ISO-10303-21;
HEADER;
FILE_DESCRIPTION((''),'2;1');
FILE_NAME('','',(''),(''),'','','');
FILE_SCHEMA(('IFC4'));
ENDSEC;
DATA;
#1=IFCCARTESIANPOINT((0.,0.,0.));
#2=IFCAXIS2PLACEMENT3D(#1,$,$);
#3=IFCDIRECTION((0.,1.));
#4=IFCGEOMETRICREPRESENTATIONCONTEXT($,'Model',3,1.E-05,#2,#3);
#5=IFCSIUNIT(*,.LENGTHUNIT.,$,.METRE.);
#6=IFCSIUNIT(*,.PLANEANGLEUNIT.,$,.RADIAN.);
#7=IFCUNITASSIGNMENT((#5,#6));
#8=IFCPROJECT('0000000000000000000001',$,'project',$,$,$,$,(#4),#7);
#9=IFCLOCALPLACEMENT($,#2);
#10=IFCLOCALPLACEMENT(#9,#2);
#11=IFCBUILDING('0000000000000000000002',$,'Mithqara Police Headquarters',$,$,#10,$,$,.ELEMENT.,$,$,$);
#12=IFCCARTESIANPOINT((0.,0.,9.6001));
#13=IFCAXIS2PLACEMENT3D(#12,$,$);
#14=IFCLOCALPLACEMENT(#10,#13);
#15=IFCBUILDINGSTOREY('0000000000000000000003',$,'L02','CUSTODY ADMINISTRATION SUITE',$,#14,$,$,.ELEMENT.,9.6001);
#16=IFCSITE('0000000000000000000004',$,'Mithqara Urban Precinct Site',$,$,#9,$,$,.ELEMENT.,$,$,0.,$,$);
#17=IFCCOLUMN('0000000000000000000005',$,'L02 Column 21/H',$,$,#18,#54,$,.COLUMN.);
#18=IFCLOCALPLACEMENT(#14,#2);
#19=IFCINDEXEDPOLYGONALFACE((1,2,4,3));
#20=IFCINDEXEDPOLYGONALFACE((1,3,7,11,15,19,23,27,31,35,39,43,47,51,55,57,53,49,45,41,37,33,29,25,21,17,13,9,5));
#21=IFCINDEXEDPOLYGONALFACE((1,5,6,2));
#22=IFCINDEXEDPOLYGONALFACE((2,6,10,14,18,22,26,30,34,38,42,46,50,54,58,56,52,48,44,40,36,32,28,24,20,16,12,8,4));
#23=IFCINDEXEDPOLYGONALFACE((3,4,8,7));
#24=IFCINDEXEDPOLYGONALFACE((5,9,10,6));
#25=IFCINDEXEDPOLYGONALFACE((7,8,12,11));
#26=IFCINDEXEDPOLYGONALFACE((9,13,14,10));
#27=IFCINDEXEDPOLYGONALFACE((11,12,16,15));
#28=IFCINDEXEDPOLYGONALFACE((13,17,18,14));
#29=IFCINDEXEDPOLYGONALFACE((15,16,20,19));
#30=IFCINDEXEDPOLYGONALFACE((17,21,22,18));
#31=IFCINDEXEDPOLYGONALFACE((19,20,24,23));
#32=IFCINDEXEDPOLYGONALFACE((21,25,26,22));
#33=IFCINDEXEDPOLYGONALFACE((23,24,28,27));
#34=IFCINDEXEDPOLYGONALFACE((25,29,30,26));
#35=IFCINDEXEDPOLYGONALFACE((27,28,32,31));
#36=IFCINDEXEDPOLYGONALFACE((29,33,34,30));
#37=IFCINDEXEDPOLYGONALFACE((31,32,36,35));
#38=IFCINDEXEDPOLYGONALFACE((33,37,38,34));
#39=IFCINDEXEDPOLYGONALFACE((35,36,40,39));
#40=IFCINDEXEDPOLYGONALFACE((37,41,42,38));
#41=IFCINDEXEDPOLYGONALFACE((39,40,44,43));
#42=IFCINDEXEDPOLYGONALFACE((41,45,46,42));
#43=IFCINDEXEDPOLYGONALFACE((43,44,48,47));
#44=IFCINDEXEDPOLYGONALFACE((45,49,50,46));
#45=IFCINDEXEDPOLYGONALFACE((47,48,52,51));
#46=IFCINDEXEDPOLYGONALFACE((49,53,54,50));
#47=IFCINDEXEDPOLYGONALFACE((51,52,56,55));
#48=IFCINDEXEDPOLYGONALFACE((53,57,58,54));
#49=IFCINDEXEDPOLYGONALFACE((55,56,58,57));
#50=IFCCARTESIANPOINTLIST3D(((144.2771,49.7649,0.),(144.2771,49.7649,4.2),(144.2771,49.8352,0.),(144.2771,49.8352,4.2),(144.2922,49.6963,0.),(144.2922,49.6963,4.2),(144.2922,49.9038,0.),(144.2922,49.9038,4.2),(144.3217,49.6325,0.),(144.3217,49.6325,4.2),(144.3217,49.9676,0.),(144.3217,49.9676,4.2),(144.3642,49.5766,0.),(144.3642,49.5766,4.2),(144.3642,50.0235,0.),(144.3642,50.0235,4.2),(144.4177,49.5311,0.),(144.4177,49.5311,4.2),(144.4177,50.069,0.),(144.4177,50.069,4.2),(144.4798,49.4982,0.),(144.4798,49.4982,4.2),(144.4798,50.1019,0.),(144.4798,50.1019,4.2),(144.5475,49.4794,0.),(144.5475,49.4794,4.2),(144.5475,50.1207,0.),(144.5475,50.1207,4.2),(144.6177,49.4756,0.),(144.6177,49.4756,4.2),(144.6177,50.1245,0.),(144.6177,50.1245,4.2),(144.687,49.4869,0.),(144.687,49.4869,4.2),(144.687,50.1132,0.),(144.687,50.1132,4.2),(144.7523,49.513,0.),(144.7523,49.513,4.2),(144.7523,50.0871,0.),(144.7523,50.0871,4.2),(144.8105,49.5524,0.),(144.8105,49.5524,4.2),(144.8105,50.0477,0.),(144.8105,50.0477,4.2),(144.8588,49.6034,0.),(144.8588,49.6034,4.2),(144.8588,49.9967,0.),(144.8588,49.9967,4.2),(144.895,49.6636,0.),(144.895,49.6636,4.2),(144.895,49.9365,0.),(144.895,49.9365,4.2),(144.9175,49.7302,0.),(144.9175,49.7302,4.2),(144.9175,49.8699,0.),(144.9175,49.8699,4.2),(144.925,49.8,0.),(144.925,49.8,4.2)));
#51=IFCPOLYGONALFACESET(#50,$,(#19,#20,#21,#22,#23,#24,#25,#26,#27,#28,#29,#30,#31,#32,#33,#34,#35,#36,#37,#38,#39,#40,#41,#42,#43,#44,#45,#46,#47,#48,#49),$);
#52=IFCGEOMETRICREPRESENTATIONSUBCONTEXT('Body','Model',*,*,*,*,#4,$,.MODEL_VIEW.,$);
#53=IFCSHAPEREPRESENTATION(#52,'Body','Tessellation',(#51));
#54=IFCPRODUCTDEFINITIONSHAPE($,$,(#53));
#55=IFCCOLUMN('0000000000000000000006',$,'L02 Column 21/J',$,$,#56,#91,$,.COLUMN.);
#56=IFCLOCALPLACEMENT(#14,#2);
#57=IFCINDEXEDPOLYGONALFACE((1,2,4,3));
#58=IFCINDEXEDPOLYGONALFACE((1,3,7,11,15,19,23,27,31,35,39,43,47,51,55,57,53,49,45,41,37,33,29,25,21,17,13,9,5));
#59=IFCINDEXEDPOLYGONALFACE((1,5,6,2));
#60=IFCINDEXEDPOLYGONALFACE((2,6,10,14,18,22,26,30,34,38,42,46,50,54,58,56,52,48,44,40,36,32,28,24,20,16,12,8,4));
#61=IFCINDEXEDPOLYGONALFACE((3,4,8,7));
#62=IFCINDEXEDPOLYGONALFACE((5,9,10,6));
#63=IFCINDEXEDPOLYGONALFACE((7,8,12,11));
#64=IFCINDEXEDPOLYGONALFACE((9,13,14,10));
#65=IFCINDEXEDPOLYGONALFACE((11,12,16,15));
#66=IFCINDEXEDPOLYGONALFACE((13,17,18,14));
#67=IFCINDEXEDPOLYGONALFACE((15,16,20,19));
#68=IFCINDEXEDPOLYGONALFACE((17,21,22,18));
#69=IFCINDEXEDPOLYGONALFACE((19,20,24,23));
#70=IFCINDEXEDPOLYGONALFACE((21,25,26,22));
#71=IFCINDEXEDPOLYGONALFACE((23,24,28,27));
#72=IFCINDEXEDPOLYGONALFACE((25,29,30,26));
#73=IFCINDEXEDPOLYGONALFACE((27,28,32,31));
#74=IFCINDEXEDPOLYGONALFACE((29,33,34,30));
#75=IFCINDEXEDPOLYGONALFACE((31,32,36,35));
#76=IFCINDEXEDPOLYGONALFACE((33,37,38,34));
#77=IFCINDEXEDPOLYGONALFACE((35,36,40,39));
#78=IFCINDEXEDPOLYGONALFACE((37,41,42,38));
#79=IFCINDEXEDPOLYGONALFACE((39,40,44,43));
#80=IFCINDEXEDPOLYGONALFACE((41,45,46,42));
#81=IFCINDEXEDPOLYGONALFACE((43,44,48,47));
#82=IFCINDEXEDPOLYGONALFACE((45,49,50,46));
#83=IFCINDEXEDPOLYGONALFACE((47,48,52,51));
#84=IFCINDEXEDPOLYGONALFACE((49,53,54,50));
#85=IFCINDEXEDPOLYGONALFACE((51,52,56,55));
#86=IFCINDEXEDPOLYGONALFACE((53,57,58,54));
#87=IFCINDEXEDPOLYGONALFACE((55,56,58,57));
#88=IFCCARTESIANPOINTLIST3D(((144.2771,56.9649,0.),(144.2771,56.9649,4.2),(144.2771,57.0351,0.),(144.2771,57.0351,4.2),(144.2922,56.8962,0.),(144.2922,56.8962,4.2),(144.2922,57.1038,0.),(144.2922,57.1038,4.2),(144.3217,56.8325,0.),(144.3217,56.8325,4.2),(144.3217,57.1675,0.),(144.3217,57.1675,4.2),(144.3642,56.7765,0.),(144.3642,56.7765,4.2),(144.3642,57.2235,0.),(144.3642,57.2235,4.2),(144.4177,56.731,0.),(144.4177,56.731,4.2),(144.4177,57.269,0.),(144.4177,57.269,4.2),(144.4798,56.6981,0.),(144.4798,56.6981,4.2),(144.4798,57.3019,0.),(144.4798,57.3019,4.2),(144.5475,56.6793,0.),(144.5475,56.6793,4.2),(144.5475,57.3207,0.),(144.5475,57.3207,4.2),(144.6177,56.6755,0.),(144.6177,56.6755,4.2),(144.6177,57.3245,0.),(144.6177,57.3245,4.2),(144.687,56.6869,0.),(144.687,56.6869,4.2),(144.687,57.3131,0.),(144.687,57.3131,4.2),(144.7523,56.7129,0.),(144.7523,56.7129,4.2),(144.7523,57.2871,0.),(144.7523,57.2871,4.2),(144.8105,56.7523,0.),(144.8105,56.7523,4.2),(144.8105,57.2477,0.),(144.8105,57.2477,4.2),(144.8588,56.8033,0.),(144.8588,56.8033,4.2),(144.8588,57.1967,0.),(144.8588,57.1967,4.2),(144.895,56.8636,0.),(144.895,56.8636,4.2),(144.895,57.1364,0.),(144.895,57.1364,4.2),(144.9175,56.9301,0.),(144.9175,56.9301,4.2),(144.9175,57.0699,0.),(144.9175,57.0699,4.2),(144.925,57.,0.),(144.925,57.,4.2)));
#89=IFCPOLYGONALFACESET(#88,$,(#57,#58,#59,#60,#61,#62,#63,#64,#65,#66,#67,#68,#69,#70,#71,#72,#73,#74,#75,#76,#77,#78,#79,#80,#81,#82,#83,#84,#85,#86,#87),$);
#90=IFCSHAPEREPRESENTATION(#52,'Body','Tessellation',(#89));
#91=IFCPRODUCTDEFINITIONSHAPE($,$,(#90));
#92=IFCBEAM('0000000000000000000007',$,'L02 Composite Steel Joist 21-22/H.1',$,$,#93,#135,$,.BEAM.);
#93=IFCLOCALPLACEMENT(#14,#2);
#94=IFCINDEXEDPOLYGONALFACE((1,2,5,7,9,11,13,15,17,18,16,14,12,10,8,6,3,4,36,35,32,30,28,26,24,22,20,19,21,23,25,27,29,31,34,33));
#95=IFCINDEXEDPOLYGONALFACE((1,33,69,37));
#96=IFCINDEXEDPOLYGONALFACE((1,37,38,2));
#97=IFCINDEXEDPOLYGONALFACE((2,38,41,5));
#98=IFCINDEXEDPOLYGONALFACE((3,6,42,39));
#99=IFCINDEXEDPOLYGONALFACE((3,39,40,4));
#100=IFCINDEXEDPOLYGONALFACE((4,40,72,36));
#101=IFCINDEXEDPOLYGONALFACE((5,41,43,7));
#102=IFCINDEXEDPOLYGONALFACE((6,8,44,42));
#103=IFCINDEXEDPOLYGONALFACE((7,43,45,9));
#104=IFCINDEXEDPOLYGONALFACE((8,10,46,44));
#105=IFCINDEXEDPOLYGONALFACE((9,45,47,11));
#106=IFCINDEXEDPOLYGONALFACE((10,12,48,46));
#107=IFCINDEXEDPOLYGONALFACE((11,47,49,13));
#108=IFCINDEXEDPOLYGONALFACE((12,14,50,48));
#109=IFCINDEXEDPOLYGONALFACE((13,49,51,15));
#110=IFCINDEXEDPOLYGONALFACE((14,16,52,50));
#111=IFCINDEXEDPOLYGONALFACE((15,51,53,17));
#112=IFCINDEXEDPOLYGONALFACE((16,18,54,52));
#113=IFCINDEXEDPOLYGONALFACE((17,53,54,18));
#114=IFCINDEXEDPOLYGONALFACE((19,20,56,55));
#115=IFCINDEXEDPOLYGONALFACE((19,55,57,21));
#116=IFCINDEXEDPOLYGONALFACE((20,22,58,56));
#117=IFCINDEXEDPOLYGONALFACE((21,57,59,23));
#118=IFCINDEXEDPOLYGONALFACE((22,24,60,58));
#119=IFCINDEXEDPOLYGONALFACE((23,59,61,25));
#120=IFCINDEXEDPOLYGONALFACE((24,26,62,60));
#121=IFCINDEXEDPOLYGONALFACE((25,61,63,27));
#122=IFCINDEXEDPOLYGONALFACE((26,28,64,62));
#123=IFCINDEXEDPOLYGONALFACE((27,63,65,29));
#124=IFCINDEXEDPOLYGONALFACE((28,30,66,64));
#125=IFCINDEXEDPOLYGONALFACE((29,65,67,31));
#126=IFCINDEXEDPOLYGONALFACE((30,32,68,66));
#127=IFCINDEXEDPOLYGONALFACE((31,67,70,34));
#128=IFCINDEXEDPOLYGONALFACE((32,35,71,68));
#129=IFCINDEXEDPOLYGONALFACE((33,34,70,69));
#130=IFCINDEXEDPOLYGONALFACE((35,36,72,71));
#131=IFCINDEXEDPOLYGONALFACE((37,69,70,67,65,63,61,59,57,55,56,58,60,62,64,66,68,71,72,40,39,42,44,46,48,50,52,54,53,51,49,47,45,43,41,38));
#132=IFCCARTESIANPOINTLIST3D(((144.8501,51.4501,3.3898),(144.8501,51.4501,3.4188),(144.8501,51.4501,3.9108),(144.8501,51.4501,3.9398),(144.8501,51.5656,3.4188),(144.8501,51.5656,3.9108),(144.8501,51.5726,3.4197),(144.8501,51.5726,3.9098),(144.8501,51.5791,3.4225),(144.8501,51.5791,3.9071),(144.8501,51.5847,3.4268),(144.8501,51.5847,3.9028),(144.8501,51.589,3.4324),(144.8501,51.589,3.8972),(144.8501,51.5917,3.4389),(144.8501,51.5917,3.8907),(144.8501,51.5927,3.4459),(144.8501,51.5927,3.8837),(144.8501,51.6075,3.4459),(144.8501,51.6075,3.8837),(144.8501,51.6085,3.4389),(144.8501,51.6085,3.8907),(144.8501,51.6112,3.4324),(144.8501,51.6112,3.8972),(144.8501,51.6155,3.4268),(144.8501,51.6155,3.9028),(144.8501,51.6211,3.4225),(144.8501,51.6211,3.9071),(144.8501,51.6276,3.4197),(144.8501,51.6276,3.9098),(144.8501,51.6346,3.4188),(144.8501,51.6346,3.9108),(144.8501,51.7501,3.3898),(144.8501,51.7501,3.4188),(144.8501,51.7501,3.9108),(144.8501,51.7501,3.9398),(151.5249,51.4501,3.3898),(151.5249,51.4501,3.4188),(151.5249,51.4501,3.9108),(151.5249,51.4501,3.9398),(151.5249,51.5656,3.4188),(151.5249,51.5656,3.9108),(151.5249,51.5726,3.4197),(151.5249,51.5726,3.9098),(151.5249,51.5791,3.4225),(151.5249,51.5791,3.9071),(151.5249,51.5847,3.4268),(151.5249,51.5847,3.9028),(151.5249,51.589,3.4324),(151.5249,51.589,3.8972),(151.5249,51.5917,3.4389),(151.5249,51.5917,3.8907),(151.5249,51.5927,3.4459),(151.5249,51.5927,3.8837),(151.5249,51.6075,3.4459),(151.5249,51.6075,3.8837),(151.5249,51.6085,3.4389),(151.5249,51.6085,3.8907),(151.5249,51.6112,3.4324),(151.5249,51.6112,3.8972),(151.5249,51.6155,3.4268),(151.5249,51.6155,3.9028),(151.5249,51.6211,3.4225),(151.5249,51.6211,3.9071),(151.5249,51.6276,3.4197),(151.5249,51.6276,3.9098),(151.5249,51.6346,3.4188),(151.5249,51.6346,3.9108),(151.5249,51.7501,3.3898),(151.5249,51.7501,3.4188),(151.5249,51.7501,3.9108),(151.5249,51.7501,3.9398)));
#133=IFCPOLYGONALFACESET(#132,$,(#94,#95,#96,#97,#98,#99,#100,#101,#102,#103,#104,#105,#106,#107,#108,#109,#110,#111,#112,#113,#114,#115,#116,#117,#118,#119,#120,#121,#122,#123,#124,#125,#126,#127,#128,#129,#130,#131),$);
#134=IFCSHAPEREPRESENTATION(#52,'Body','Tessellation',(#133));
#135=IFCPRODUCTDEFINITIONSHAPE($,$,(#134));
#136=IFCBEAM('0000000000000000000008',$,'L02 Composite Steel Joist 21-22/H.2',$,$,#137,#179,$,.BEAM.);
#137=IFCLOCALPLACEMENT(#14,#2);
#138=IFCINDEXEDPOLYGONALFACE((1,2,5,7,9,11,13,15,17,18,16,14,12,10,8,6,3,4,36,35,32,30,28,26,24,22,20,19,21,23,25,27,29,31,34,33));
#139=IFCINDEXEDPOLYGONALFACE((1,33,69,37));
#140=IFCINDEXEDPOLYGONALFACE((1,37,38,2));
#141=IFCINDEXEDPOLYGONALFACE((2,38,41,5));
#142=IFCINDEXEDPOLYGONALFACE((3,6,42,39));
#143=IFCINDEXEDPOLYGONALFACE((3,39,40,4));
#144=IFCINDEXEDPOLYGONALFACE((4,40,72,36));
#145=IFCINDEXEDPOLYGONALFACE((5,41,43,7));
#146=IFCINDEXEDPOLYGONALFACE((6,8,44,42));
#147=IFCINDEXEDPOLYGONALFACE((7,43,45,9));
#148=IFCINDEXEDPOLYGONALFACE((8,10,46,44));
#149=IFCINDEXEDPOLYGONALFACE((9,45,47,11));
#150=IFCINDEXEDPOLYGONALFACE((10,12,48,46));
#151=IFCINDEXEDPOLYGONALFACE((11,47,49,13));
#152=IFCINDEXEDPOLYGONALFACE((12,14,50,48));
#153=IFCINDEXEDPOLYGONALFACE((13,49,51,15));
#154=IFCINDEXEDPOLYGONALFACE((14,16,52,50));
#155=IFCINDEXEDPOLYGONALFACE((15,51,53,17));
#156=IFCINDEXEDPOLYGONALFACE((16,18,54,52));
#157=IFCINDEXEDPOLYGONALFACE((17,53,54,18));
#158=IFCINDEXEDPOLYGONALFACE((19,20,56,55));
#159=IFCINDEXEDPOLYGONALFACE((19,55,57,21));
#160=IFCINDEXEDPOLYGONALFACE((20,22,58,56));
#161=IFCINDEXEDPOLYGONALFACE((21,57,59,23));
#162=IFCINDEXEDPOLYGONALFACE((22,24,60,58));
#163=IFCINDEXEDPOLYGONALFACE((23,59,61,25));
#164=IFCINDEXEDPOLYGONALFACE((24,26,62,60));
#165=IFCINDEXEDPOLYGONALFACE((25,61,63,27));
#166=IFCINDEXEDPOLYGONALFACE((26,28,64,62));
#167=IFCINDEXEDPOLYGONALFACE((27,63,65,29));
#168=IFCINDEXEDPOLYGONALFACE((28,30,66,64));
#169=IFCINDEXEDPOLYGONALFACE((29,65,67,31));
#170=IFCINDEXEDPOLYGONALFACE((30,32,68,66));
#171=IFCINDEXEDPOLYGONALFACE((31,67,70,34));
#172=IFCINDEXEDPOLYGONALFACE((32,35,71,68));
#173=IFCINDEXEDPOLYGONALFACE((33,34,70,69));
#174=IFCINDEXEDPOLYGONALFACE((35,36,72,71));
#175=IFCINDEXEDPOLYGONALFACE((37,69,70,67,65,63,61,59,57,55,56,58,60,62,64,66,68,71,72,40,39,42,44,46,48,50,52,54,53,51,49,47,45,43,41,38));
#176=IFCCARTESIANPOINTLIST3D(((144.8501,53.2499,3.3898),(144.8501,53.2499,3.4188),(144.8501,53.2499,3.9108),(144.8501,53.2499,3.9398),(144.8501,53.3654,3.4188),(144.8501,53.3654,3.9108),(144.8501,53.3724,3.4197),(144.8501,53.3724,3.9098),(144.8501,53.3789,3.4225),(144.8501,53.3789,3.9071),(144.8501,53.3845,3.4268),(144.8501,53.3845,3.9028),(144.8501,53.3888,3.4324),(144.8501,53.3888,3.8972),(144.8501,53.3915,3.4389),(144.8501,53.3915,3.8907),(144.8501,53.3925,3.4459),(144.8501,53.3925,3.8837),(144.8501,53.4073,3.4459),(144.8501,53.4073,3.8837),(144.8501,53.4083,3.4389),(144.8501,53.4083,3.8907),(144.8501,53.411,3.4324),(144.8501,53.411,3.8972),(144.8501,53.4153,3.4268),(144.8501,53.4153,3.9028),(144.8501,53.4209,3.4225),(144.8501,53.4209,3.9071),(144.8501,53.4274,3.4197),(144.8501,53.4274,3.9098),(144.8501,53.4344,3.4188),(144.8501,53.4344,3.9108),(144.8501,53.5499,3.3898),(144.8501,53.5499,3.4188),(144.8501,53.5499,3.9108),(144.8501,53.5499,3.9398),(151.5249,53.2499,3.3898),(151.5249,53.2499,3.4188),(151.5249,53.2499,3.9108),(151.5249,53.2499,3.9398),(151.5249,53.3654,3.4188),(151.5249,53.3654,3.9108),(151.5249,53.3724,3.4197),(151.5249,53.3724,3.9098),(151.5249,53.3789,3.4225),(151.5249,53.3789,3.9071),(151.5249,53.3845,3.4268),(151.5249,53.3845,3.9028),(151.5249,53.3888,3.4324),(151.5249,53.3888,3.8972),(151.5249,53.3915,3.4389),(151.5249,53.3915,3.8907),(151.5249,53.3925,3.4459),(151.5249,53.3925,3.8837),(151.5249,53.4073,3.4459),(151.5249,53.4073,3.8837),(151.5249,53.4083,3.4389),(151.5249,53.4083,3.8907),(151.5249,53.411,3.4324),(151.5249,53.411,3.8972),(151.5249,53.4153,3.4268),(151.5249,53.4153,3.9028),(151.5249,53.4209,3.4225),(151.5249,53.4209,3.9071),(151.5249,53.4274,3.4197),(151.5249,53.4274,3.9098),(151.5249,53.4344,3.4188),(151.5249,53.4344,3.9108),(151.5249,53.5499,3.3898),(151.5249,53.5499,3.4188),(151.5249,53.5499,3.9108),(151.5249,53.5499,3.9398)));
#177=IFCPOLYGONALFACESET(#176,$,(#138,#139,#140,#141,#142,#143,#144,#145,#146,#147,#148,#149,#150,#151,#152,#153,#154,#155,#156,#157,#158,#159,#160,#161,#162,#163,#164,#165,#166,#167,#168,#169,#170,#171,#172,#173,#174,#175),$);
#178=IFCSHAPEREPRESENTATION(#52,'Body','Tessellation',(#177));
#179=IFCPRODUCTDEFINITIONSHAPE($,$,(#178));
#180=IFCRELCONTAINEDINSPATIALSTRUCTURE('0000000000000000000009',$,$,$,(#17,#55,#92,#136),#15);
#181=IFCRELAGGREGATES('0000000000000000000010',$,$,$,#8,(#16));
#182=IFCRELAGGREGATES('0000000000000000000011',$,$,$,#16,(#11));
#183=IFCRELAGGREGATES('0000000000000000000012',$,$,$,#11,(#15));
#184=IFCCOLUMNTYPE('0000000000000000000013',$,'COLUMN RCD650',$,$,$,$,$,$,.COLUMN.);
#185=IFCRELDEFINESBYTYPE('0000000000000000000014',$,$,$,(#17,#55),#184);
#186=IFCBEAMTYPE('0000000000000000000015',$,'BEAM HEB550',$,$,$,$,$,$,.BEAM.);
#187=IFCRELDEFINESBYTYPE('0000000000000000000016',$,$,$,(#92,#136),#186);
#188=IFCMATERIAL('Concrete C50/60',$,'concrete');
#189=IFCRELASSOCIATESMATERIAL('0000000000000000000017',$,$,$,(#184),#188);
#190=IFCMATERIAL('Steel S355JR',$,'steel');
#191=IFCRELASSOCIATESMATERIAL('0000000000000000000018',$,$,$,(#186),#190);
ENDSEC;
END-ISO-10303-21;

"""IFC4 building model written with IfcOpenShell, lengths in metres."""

from ifc_helpers import new_model, si_unit, direction, frame, origin, origin_2d, place, context, subcontext, project, spatial, circle, i_section, extrude, material, material_profile, profile_set, type_object, element, save


model = new_model("IFC4")

# Units and contexts
model_context = context("Model", 3, precision=1e-05, world=origin(), true_north=direction((0.0, 1.0)))
body_context = subcontext(model_context, "Body", "Model", "MODEL_VIEW")
ifc_project = project(units=[si_unit("LENGTHUNIT", "METRE"), si_unit("PLANEANGLEUNIT", "RADIAN")], contexts=[model_context])

# Site, building, storey
site_placement = place(None, origin())
site = spatial("IfcSite", under=ifc_project, at=site_placement, Name="Mithqara Urban Precinct Site", CompositionType="ELEMENT", RefElevation=0.0)
building_placement = place(site_placement, origin())
building = spatial("IfcBuilding", under=site, at=building_placement, Name="Mithqara Police Headquarters", CompositionType="ELEMENT")
storey_placement = place(building_placement, frame((0.0, 0.0, 9.6001)))
storey = spatial("IfcBuildingStorey", under=building, at=storey_placement, Name="L02", Description="CUSTODY ADMINISTRATION SUITE", CompositionType="ELEMENT", Elevation=9.6001)

# Columns
ifc_material_1 = material(Name="Concrete C50/60", Category="concrete")
ifc_material_profile_1 = material_profile(ifc_material_1, circle(Radius=0.325, at=origin_2d()), Name="RCD 650")
ifc_profile_set_1 = profile_set([ifc_material_profile_1], Name="Concrete C50/60")
column_type = type_object("IfcColumnType", Name="COLUMN RCD650", PredefinedType="COLUMN", material=ifc_profile_set_1)
for number, where, z_axis, x_axis, name in (
    (1, (144.6001, 49.8, 0.0), (0.0, 0.0, 1.0), (1.0, 0.0, 0.0), "L02 Column 21/H"),
    (2, (144.6001, 57.0, 0.0), (0.0, 0.0, 1.0), (1.0, 0.0, 0.0), "L02 Column 21/J"),
):
    element("IfcColumn", number, at=place(storey_placement, frame(where, z_axis=z_axis, x_axis=x_axis)), inside=storey, type_object=column_type, Name=name, PredefinedType="COLUMN", context=body_context, shape_type="SweptSolid", body=[
        extrude(circle(Radius=0.325, at=origin_2d()), origin(), (0.0, 0.0, 1.0), 4.2),
    ])

# Beams
ifc_material_2 = material(Name="Steel S355JR", Category="steel")
ifc_material_profile_2 = material_profile(ifc_material_2, i_section(OverallWidth=0.3, OverallDepth=0.55, WebThickness=0.0149, FlangeThickness=0.0291, FilletRadius=0.0271, at=origin_2d()), Name="HEB 550")
ifc_profile_set_2 = profile_set([ifc_material_profile_2], Name="Steel S355JR")
beam_type_1 = type_object("IfcBeamType", Name="BEAM HEB550", PredefinedType="BEAM", material=ifc_profile_set_2)
for number, where, z_axis, x_axis, name in (
    (3, (144.8501, 51.6001, 3.6648), (1.0, 0.0, 0.0), (0.0, 1.0, 0.0), "L02 Composite Steel Joist 21-22/H.1"),
    (4, (144.8501, 53.3999, 3.6648), (1.0, 0.0, 0.0), (0.0, 1.0, 0.0), "L02 Composite Steel Joist 21-22/H.2"),
):
    element("IfcBeam", number, at=place(storey_placement, frame(where, z_axis=z_axis, x_axis=x_axis)), inside=storey, type_object=beam_type_1, Name=name, PredefinedType="BEAM", context=body_context, shape_type="SweptSolid", body=[
        extrude(i_section(OverallWidth=0.3, OverallDepth=0.55, WebThickness=0.0149, FlangeThickness=0.0291, FilletRadius=0.0271, at=origin_2d()), origin(), (0.0, 0.0, 1.0), 6.6748),
    ])

save(model, "model.ifc")
